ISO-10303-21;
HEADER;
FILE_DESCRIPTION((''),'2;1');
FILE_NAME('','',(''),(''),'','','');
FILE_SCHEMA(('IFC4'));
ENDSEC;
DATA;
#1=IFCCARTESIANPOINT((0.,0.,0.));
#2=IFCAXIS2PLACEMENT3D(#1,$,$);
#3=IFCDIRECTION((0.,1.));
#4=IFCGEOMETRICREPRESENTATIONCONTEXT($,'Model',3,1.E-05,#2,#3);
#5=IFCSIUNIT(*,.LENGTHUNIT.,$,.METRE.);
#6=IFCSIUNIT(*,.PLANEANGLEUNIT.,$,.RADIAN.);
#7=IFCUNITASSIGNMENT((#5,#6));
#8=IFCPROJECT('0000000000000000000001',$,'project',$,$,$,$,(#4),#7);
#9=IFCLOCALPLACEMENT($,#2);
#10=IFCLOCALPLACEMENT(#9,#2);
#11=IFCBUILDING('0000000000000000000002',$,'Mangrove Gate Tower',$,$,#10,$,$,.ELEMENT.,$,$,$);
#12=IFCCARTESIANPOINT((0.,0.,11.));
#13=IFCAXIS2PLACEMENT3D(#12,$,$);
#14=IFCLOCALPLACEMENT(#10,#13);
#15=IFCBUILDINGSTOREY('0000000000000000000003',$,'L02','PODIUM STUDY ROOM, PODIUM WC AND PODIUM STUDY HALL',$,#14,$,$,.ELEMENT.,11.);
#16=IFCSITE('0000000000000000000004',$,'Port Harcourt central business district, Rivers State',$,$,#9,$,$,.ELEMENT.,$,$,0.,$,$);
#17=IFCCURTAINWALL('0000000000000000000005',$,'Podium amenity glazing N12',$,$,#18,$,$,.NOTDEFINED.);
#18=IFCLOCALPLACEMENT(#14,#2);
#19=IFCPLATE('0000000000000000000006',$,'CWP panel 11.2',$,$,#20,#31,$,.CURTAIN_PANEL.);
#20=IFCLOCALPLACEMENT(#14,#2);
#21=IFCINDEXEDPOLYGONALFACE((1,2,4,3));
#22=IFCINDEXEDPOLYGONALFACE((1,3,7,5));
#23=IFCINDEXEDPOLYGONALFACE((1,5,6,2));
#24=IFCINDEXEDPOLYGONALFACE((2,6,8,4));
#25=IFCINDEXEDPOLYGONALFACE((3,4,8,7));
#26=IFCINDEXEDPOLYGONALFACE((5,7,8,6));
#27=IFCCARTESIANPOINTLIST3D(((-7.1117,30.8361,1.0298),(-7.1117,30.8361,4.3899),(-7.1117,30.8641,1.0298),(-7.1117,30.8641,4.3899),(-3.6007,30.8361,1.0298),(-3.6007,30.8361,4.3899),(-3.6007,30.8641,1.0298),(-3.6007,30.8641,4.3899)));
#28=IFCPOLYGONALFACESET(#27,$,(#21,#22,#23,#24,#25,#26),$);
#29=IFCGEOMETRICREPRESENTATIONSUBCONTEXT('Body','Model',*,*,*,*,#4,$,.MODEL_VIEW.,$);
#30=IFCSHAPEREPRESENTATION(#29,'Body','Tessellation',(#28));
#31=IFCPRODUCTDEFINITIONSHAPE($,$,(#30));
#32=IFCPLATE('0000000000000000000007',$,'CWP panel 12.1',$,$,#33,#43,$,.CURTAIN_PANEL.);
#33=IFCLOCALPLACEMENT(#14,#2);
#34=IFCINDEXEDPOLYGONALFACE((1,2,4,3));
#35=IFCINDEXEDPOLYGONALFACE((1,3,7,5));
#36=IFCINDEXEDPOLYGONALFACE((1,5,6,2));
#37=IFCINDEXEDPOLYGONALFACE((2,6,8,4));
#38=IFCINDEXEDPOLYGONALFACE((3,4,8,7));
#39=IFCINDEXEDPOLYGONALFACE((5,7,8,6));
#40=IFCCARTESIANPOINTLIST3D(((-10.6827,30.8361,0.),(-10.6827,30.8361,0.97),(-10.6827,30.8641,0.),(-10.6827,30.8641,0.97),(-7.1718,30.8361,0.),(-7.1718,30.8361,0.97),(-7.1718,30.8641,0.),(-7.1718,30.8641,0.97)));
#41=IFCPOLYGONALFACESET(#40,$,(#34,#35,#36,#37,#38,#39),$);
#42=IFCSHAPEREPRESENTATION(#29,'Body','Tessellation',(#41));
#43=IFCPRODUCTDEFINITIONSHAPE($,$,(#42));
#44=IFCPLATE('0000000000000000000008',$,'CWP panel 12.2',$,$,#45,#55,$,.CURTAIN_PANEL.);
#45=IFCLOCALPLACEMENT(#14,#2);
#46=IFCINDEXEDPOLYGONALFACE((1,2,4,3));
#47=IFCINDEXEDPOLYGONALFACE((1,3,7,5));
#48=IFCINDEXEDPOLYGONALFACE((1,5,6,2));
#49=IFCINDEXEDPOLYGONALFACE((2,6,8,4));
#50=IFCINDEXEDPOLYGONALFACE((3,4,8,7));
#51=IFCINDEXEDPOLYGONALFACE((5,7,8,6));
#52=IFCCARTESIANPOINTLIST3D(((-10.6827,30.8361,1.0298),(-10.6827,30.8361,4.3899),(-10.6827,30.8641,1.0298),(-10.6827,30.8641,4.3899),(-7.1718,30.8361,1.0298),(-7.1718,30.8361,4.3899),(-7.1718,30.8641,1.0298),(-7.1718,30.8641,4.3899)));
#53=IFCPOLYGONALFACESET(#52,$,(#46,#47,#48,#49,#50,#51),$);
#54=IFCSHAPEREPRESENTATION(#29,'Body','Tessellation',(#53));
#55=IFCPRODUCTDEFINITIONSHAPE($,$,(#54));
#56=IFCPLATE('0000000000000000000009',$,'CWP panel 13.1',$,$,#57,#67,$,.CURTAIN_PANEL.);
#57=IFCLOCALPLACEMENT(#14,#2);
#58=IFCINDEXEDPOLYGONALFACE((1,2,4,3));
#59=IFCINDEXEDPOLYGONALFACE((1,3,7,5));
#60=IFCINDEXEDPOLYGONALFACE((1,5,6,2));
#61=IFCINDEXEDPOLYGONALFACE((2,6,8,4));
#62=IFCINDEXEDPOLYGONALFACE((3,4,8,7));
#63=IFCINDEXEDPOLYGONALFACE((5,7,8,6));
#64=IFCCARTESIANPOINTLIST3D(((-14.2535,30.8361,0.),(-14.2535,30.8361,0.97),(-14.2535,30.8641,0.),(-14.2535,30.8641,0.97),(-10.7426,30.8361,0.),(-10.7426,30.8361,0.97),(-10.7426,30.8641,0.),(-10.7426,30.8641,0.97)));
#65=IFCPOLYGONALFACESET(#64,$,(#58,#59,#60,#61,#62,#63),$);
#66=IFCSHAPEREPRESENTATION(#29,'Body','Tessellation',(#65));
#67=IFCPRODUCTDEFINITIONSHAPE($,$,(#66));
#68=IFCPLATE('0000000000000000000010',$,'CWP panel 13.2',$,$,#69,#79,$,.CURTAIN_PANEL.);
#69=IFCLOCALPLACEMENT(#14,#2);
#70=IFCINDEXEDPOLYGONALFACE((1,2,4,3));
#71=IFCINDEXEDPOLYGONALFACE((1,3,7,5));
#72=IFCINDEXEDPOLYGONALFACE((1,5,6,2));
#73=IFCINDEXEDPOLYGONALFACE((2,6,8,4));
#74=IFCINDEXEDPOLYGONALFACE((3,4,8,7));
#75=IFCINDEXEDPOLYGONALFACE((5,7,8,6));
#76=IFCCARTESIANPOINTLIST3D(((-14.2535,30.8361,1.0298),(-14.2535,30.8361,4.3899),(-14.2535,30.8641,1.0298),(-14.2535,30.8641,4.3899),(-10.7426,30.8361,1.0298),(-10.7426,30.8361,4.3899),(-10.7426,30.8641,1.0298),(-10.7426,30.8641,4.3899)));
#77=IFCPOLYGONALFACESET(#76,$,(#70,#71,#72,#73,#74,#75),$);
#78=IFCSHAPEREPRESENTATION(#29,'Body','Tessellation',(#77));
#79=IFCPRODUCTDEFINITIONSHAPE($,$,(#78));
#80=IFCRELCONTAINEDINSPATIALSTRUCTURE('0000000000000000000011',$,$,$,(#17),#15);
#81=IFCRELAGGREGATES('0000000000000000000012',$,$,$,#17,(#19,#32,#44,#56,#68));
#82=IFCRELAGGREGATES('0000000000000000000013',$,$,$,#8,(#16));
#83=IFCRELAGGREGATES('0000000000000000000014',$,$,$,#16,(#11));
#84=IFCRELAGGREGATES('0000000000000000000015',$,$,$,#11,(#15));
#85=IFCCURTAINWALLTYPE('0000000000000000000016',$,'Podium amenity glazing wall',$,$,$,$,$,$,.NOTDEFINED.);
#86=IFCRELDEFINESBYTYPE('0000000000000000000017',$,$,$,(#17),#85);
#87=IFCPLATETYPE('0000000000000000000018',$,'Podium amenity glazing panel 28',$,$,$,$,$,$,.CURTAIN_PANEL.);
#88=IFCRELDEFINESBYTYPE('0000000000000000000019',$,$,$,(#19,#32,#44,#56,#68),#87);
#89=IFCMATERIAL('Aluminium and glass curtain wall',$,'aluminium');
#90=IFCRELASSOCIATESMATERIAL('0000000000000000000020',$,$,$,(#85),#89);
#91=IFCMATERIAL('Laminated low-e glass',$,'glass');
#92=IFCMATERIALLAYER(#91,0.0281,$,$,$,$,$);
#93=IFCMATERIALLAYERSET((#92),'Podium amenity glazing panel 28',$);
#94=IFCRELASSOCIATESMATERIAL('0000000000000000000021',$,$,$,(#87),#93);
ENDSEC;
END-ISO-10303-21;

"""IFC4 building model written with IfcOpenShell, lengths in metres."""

from ifc_helpers import new_model, si_unit, direction, frame, origin, origin_2d, place, context, subcontext, project, spatial, rectangle, extrude, material, layer, layer_set, type_object, element, aggregate, save


model = new_model("IFC4")

# Units and contexts
model_context = context("Model", 3, precision=1e-05, world=origin(), true_north=direction((0.0, 1.0)))
body_context = subcontext(model_context, "Body", "Model", "MODEL_VIEW")
ifc_project = project(units=[si_unit("LENGTHUNIT", "METRE"), si_unit("PLANEANGLEUNIT", "RADIAN")], contexts=[model_context])

# Site, building, storey
site_placement = place(None, origin())
site = spatial("IfcSite", under=ifc_project, at=site_placement, Name="Port Harcourt central business district, Rivers State", CompositionType="ELEMENT", RefElevation=0.0)
building_placement = place(site_placement, origin())
building = spatial("IfcBuilding", under=site, at=building_placement, Name="Mangrove Gate Tower", CompositionType="ELEMENT")
storey_placement = place(building_placement, frame((0.0, 0.0, 11.0)))
storey = spatial("IfcBuildingStorey", under=building, at=storey_placement, Name="L02", Description="PODIUM STUDY ROOM, PODIUM WC AND PODIUM STUDY HALL", CompositionType="ELEMENT", Elevation=11.0)

# Curtain wall, plates
ifc_material_1 = material(Name="Aluminium and glass curtain wall", Category="aluminium")
curtain_wall_type = type_object("IfcCurtainWallType", Name="Podium amenity glazing wall", PredefinedType="NOTDEFINED", material=ifc_material_1)
curtain_wall_placement = place(storey_placement, origin())
curtain_wall = element("IfcCurtainWall", 1, at=curtain_wall_placement, inside=storey, type_object=curtain_wall_type, Name="Podium amenity glazing N12", PredefinedType="NOTDEFINED")
ifc_material_2 = material(Name="Laminated low-e glass", Category="glass")
ifc_layer = layer(ifc_material_2, 0.0281)
ifc_layer_set = layer_set([ifc_layer], Name="Podium amenity glazing panel 28")
plate_type = type_object("IfcPlateType", Name="Podium amenity glazing panel 28", PredefinedType="CURTAIN_PANEL", material=ifc_layer_set)
plate_1_placement = place(storey_placement, frame((-5.3562, 30.8501, 1.0298), z_axis=(0.0, 0.0, 1.0), x_axis=(-1.0, 0.0, 0.0)))
plate_1 = element("IfcPlate", 2, at=plate_1_placement, type_object=plate_type, Name="CWP panel 11.2", PredefinedType="CURTAIN_PANEL", context=body_context, shape_type="SweptSolid", body=[
    extrude(rectangle(XDim=3.511, YDim=0.0281, at=origin_2d()), origin(), (0.0, 0.0, 1.0), 3.3601),
])
plate_2_placement = place(storey_placement, frame((-8.9272, 30.8501, 0.0), z_axis=(0.0, 0.0, 1.0), x_axis=(-1.0, 0.0, 0.0)))
plate_2 = element("IfcPlate", 3, at=plate_2_placement, type_object=plate_type, Name="CWP panel 12.1", PredefinedType="CURTAIN_PANEL", context=body_context, shape_type="SweptSolid", body=[
    extrude(rectangle(XDim=3.511, YDim=0.0281, at=origin_2d()), origin(), (0.0, 0.0, 1.0), 0.97),
])
plate_3_placement = place(storey_placement, frame((-8.9272, 30.8501, 1.0298), z_axis=(0.0, 0.0, 1.0), x_axis=(-1.0, 0.0, 0.0)))
plate_3 = element("IfcPlate", 4, at=plate_3_placement, type_object=plate_type, Name="CWP panel 12.2", PredefinedType="CURTAIN_PANEL", context=body_context, shape_type="SweptSolid", body=[
    extrude(rectangle(XDim=3.511, YDim=0.0281, at=origin_2d()), origin(), (0.0, 0.0, 1.0), 3.3601),
])
plate_4_placement = place(storey_placement, frame((-12.498, 30.8501, 0.0), z_axis=(0.0, 0.0, 1.0), x_axis=(-1.0, 0.0, 0.0)))
plate_4 = element("IfcPlate", 5, at=plate_4_placement, type_object=plate_type, Name="CWP panel 13.1", PredefinedType="CURTAIN_PANEL", context=body_context, shape_type="SweptSolid", body=[
    extrude(rectangle(XDim=3.511, YDim=0.0281, at=origin_2d()), origin(), (0.0, 0.0, 1.0), 0.97),
])
plate_5_placement = place(storey_placement, frame((-12.498, 30.8501, 1.0298), z_axis=(0.0, 0.0, 1.0), x_axis=(-1.0, 0.0, 0.0)))
plate_5 = element("IfcPlate", 6, at=plate_5_placement, type_object=plate_type, Name="CWP panel 13.2", PredefinedType="CURTAIN_PANEL", context=body_context, shape_type="SweptSolid", body=[
    extrude(rectangle(XDim=3.511, YDim=0.0281, at=origin_2d()), origin(), (0.0, 0.0, 1.0), 3.3601),
])
aggregate(curtain_wall, [plate_1, plate_2, plate_3, plate_4, plate_5])

save(model, "model.ifc")
